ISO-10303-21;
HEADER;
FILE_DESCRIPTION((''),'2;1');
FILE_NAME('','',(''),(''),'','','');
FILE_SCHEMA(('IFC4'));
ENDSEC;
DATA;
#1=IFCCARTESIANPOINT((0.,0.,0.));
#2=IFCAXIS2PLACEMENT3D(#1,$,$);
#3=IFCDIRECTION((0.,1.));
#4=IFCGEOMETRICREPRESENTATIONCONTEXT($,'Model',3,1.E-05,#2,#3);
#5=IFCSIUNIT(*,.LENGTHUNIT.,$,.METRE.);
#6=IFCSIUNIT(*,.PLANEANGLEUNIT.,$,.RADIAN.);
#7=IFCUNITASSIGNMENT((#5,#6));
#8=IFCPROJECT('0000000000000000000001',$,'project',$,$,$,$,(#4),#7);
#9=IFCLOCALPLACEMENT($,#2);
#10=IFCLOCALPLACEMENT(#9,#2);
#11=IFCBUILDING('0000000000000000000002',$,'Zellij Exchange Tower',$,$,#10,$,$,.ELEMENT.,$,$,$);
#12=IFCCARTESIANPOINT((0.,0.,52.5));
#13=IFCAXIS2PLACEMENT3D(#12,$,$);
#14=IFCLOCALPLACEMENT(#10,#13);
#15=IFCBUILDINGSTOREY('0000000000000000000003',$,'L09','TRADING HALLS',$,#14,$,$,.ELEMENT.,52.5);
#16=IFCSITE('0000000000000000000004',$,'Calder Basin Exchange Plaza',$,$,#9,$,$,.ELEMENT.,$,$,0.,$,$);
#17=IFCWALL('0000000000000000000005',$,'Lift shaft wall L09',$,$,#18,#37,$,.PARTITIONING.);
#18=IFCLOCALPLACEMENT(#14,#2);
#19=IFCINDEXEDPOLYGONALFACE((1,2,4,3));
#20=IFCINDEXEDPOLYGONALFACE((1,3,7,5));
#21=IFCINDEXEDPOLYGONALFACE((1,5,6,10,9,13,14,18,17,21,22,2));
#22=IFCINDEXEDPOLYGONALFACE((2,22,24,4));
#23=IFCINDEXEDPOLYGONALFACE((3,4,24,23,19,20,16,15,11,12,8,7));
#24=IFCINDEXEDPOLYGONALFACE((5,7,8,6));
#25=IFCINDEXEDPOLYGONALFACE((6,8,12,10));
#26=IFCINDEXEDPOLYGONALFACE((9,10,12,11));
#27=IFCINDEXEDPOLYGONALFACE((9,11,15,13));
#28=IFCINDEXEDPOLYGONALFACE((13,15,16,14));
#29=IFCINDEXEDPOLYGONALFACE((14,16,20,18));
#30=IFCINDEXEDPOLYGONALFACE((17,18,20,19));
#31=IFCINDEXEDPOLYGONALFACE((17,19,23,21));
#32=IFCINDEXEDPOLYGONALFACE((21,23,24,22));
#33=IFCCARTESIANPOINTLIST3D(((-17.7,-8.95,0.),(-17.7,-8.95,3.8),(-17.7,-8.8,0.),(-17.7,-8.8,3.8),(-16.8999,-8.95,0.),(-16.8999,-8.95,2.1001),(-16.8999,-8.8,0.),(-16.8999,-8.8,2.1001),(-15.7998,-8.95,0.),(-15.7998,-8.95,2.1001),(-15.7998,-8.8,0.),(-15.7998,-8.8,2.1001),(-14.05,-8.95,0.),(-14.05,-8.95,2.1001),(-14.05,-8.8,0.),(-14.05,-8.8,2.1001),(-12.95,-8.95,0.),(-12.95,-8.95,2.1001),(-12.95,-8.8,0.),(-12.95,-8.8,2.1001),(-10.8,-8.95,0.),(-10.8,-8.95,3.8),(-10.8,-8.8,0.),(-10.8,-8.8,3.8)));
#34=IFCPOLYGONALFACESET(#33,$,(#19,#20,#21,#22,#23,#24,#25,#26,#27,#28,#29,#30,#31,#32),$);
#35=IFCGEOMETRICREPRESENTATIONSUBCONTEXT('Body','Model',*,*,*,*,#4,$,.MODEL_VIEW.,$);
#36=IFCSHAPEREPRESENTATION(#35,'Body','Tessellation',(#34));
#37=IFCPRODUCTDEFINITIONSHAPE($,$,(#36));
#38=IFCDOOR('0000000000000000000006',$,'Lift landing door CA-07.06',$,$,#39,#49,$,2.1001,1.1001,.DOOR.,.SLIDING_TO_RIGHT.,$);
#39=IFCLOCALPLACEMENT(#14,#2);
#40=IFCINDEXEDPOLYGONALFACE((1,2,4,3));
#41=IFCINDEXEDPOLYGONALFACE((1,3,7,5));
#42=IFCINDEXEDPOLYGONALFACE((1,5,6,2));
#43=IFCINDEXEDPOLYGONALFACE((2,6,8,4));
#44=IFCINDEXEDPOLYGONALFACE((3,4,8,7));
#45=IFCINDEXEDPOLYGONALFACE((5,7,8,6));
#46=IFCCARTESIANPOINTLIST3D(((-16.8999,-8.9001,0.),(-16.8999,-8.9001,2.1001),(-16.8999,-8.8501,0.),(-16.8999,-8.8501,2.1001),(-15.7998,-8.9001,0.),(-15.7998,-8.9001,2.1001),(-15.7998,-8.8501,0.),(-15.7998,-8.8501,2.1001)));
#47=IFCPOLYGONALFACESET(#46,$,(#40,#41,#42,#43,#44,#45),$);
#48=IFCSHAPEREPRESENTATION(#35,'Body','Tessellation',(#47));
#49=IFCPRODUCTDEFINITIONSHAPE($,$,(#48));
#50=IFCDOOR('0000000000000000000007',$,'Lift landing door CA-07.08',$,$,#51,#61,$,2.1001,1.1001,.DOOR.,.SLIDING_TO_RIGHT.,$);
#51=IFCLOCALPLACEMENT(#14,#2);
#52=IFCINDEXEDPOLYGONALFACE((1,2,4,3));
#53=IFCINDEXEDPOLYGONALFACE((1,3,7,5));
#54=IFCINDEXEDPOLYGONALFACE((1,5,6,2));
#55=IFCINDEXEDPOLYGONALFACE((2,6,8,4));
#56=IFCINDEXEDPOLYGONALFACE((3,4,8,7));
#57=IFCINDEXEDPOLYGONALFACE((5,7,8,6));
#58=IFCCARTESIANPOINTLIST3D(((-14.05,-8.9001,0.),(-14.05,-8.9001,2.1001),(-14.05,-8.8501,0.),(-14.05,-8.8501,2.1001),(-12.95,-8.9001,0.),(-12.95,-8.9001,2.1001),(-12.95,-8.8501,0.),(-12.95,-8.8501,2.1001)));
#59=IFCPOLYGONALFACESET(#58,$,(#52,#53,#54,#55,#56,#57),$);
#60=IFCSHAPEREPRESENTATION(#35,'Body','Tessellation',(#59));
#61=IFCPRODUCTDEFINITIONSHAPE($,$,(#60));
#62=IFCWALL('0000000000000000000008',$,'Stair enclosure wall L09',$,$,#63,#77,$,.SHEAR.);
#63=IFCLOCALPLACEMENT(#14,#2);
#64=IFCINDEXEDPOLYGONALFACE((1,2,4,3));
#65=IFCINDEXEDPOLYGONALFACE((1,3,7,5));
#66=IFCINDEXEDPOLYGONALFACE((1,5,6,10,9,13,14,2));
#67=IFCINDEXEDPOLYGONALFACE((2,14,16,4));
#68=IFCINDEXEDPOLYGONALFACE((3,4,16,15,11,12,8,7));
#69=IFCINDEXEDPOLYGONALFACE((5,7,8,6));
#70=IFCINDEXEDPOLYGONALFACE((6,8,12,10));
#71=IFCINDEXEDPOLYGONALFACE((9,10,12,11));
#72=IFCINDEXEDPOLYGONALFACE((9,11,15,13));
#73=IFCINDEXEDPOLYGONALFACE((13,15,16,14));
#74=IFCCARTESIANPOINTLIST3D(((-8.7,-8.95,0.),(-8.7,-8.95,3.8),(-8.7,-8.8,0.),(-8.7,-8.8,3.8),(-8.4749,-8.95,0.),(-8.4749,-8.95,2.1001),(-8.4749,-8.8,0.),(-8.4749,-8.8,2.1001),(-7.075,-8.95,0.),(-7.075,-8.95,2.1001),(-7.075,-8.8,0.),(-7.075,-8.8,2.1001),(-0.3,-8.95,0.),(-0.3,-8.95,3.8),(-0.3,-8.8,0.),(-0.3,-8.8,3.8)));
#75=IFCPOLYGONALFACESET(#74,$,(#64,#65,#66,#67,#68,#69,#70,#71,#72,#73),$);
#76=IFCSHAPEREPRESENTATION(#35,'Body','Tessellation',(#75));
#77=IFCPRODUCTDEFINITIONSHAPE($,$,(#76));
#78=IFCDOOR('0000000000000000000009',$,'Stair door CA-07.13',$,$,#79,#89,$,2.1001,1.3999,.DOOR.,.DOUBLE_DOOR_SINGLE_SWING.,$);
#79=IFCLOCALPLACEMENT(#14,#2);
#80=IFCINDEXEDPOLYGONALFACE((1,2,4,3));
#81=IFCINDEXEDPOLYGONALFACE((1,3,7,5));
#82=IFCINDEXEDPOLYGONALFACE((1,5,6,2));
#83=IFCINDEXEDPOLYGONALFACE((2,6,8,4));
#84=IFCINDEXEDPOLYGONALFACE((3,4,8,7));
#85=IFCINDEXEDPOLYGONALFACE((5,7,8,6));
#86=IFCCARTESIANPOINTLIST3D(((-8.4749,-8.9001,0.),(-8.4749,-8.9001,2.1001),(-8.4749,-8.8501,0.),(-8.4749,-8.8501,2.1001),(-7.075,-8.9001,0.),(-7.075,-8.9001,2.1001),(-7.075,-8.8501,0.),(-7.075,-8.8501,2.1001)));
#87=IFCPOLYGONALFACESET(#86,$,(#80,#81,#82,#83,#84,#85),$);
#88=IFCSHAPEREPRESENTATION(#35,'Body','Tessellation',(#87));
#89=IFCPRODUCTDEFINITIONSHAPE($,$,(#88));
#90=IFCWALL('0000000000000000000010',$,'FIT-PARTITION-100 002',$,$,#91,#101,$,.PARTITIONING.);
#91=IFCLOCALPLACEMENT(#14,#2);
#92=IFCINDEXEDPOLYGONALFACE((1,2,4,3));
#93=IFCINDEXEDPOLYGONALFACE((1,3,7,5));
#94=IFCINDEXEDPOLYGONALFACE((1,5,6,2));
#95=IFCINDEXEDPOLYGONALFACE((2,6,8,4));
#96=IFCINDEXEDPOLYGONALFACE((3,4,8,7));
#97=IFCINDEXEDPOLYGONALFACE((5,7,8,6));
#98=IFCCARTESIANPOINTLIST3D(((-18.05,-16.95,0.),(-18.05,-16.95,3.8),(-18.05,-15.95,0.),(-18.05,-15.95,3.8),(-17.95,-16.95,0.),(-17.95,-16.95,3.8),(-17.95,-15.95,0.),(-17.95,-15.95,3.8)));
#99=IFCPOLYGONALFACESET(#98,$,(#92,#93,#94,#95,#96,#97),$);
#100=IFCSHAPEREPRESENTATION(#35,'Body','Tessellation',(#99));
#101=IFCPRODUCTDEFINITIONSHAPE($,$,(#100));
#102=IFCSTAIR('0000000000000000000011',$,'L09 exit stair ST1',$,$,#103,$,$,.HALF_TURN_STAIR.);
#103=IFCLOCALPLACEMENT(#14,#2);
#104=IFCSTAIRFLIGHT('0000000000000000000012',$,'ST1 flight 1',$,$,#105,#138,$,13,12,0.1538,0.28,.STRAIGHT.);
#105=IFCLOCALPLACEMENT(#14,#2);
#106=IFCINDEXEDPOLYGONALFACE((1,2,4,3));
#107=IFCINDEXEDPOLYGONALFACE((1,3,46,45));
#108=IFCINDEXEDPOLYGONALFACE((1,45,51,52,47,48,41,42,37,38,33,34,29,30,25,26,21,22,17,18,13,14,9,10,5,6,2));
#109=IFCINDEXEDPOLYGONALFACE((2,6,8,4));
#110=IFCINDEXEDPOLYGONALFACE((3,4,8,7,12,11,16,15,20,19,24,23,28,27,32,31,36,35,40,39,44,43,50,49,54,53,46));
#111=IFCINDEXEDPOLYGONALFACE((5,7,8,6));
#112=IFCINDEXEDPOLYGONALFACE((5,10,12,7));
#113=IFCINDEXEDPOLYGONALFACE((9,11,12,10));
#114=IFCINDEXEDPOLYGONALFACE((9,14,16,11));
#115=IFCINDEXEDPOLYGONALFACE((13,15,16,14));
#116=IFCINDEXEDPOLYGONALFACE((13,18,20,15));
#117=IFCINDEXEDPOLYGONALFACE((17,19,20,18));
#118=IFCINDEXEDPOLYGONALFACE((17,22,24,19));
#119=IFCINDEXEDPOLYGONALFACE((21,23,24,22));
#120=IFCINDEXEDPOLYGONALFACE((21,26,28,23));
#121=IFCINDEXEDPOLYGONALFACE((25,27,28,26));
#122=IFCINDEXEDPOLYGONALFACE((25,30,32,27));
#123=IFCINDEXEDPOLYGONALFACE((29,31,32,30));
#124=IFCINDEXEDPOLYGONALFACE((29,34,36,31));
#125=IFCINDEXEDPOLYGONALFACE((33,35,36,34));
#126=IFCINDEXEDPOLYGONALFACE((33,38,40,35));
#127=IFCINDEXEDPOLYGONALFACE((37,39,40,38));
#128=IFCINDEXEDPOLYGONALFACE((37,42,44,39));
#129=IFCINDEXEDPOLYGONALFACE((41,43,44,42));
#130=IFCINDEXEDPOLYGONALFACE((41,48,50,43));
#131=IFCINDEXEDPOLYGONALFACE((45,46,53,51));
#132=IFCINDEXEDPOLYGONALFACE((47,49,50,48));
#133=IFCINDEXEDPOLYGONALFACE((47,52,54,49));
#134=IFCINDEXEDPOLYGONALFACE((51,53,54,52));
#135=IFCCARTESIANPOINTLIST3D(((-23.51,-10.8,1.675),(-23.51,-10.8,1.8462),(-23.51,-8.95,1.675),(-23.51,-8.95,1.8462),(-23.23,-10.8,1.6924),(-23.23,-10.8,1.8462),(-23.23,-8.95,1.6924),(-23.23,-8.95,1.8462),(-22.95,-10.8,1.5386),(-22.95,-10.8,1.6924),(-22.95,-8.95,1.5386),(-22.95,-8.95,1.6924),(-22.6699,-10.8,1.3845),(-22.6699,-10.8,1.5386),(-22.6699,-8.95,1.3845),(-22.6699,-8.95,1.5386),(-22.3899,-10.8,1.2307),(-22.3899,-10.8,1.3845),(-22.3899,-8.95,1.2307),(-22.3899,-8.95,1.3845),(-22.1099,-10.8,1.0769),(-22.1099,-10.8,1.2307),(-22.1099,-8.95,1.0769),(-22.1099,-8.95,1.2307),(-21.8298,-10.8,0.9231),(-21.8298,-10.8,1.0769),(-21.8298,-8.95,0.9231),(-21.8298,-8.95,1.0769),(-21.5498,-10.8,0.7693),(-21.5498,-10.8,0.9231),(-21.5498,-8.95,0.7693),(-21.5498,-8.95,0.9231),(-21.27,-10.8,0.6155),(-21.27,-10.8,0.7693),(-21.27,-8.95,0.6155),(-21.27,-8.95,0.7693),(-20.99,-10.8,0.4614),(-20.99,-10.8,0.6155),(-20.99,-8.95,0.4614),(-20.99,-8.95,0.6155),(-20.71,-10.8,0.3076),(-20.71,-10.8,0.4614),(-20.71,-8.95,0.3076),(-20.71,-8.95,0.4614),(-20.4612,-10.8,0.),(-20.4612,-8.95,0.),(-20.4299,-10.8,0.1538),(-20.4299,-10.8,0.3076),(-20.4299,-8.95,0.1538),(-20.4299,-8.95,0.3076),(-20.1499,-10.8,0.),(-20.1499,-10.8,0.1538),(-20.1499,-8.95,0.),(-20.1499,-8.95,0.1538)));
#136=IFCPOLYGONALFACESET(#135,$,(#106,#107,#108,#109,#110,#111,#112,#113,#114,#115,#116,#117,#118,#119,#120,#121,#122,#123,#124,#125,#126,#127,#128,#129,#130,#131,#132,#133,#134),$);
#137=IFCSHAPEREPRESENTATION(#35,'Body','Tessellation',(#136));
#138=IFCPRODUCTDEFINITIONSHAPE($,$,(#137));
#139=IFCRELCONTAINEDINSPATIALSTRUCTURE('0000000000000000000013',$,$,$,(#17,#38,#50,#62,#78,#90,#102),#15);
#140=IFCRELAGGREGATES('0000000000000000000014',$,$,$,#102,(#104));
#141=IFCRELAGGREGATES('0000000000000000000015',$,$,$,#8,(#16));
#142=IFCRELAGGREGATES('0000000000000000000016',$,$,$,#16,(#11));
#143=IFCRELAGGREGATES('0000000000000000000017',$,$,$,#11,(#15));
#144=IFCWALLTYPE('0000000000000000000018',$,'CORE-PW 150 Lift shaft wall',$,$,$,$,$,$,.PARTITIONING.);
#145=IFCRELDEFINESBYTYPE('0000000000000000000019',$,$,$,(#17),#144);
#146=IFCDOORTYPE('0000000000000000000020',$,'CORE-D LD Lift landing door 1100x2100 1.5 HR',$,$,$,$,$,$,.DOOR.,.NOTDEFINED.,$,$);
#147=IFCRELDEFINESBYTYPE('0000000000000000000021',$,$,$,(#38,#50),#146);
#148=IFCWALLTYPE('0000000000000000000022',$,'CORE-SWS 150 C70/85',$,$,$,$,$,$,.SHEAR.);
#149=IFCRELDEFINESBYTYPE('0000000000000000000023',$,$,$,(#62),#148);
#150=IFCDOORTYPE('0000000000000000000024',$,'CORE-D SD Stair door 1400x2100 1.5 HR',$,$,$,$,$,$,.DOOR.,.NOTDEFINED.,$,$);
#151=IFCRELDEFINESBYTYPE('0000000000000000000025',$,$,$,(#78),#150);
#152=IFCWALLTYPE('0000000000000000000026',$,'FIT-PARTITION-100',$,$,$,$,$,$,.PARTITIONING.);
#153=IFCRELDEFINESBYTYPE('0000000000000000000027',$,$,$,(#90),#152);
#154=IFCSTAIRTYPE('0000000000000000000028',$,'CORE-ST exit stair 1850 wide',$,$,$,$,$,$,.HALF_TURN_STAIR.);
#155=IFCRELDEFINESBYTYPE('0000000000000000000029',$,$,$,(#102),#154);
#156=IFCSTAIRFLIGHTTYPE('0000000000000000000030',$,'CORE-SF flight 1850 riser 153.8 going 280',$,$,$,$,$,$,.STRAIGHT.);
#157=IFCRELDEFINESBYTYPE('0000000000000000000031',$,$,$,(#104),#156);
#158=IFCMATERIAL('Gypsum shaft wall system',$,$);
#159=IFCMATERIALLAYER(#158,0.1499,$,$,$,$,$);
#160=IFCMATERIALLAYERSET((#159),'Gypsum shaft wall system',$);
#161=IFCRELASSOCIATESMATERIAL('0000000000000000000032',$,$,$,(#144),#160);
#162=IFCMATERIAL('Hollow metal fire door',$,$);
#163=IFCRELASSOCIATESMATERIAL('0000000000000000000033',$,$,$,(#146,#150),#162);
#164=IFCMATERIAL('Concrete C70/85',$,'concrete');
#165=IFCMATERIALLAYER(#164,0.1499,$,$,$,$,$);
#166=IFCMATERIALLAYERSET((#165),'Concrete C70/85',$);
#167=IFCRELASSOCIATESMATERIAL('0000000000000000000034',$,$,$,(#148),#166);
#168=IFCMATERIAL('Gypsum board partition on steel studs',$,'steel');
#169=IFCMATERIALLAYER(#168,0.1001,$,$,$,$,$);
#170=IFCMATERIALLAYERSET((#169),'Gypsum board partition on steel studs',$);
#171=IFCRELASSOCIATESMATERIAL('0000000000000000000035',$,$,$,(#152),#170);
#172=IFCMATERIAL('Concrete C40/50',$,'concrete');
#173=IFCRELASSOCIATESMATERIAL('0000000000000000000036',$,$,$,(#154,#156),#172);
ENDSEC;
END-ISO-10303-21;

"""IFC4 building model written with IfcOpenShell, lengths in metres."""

from ifc_helpers import new_model, si_unit, direction, frame, frame_2d, origin, place, context, subcontext, project, spatial, polyline, rectangle, outline, extrude, material, layer, layer_set, type_object, element, fill, aggregate, save


model = new_model("IFC4")

# Units and contexts
model_context = context("Model", 3, precision=1e-05, world=origin(), true_north=direction((0.0, 1.0)))
body_context = subcontext(model_context, "Body", "Model", "MODEL_VIEW")
ifc_project = project(units=[si_unit("LENGTHUNIT", "METRE"), si_unit("PLANEANGLEUNIT", "RADIAN")], contexts=[model_context])

# Site, building, storey
site_placement = place(None, origin())
site = spatial("IfcSite", under=ifc_project, at=site_placement, Name="Calder Basin Exchange Plaza", CompositionType="ELEMENT", RefElevation=0.0)
building_placement = place(site_placement, origin())
building = spatial("IfcBuilding", under=site, at=building_placement, Name="Zellij Exchange Tower", CompositionType="ELEMENT")
storey_placement = place(building_placement, frame((0.0, 0.0, 52.5)))
storey = spatial("IfcBuildingStorey", under=building, at=storey_placement, Name="L09", Description="TRADING HALLS", CompositionType="ELEMENT", Elevation=52.5)

# Shared definitions
ifc_material_1 = material(Name="Concrete C70/85", Category="concrete")

# Shared definitions
ifc_material_2 = material(Name="Hollow metal fire door")

# Shared definitions
ifc_material_3 = material(Name="Gypsum shaft wall system")
ifc_layer_1 = layer(ifc_material_3, 0.1499)
ifc_layer_set_1 = layer_set([ifc_layer_1], Name="Gypsum shaft wall system")
wall_type_1 = type_object("IfcWallType", Name="CORE-PW 150 Lift shaft wall", PredefinedType="PARTITIONING", material=ifc_layer_set_1)

# Wall, openings, doors
wall_1_placement = place(storey_placement, frame((-17.7, -8.875, 0.0), z_axis=(0.0, 0.0, 1.0), x_axis=(1.0, 0.0, 0.0)))
wall_1 = element("IfcWall", 1, at=wall_1_placement, inside=storey, type_object=wall_type_1, Name="Lift shaft wall L09", PredefinedType="PARTITIONING", context=body_context, shape_type="SweptSolid", body=[
    extrude(rectangle(XDim=6.8999, YDim=0.1499, at=frame_2d((3.45, 0.0))), origin(), (0.0, 0.0, 1.0), 3.8),
])
opening_1_placement = place(wall_1_placement, frame((0.8, 0.0, 0.0)))
opening_1 = element("IfcOpeningElement", 2, at=opening_1_placement, cuts=wall_1, PredefinedType="OPENING", context=body_context, shape_type="SweptSolid", body=[
    extrude(rectangle(XDim=1.1001, YDim=2.1001, at=frame_2d((0.55, 1.05))), frame((0.0, 0.0869, 0.0), z_axis=(0.0, -1.0, 0.0), x_axis=(1.0, 0.0, 0.0)), (0.0, 0.0, 1.0), 0.1738),
])
opening_2_placement = place(wall_1_placement, frame((3.6499, 0.0, 0.0)))
opening_2 = element("IfcOpeningElement", 3, at=opening_2_placement, cuts=wall_1, PredefinedType="OPENING", context=body_context, shape_type="SweptSolid", body=[
    extrude(rectangle(XDim=1.1001, YDim=2.1001, at=frame_2d((0.55, 1.05))), frame((0.0, 0.0869, 0.0), z_axis=(0.0, -1.0, 0.0), x_axis=(1.0, 0.0, 0.0)), (0.0, 0.0, 1.0), 0.1738),
])
door_type_1 = type_object("IfcDoorType", Name="CORE-D LD Lift landing door 1100x2100 1.5 HR", OperationType="NOTDEFINED", PredefinedType="DOOR", material=ifc_material_2)
door_1_placement = place(opening_1_placement, origin())
door_1 = element("IfcDoor", 4, at=door_1_placement, inside=storey, type_object=door_type_1, Name="Lift landing door CA-07.06", OperationType="SLIDING_TO_RIGHT", OverallHeight=2.1001, OverallWidth=1.1001, PredefinedType="DOOR", context=body_context, shape_type="SweptSolid", body=[
    extrude(rectangle(XDim=1.1001, YDim=2.1001, at=frame_2d((0.55, 1.05))), frame((0.0, 0.0249, 0.0), z_axis=(0.0, -1.0, 0.0), x_axis=(1.0, 0.0, 0.0)), (0.0, 0.0, 1.0), 0.05),
])
fill(opening_1, door_1)
door_2_placement = place(opening_2_placement, origin())
door_2 = element("IfcDoor", 5, at=door_2_placement, inside=storey, type_object=door_type_1, Name="Lift landing door CA-07.08", OperationType="SLIDING_TO_RIGHT", OverallHeight=2.1001, OverallWidth=1.1001, PredefinedType="DOOR", context=body_context, shape_type="SweptSolid", body=[
    extrude(rectangle(XDim=1.1001, YDim=2.1001, at=frame_2d((0.55, 1.05))), frame((0.0, 0.0249, 0.0), z_axis=(0.0, -1.0, 0.0), x_axis=(1.0, 0.0, 0.0)), (0.0, 0.0, 1.0), 0.05),
])
fill(opening_2, door_2)

# Wall, opening, door
ifc_layer_2 = layer(ifc_material_1, 0.1499)
ifc_layer_set_2 = layer_set([ifc_layer_2], Name="Concrete C70/85")
wall_type_2 = type_object("IfcWallType", Name="CORE-SWS 150 C70/85", PredefinedType="SHEAR", material=ifc_layer_set_2)
wall_2_placement = place(storey_placement, frame((-8.7, -8.875, 0.0), z_axis=(0.0, 0.0, 1.0), x_axis=(1.0, 0.0, 0.0)))
wall_2 = element("IfcWall", 6, at=wall_2_placement, inside=storey, type_object=wall_type_2, Name="Stair enclosure wall L09", PredefinedType="SHEAR", context=body_context, shape_type="SweptSolid", body=[
    extrude(rectangle(XDim=8.3999, YDim=0.1499, at=frame_2d((4.2, 0.0))), origin(), (0.0, 0.0, 1.0), 3.8),
])
opening_3_placement = place(wall_2_placement, frame((0.2251, 0.0, 0.0)))
opening_3 = element("IfcOpeningElement", 7, at=opening_3_placement, cuts=wall_2, PredefinedType="OPENING", context=body_context, shape_type="SweptSolid", body=[
    extrude(rectangle(XDim=1.3999, YDim=2.1001, at=frame_2d((0.7, 1.05))), frame((0.0, 0.0869, 0.0), z_axis=(0.0, -1.0, 0.0), x_axis=(1.0, 0.0, 0.0)), (0.0, 0.0, 1.0), 0.1738),
])
door_type_2 = type_object("IfcDoorType", Name="CORE-D SD Stair door 1400x2100 1.5 HR", OperationType="NOTDEFINED", PredefinedType="DOOR", material=ifc_material_2)
door_3_placement = place(opening_3_placement, origin())
door_3 = element("IfcDoor", 8, at=door_3_placement, inside=storey, type_object=door_type_2, Name="Stair door CA-07.13", OperationType="DOUBLE_DOOR_SINGLE_SWING", OverallHeight=2.1001, OverallWidth=1.3999, PredefinedType="DOOR", context=body_context, shape_type="SweptSolid", body=[
    extrude(rectangle(XDim=1.3999, YDim=2.1001, at=frame_2d((0.7, 1.05))), frame((0.0, 0.0249, 0.0), z_axis=(0.0, -1.0, 0.0), x_axis=(1.0, 0.0, 0.0)), (0.0, 0.0, 1.0), 0.05),
])
fill(opening_3, door_3)

# Wall
ifc_material_4 = material(Name="Gypsum board partition on steel studs", Category="steel")
ifc_layer_3 = layer(ifc_material_4, 0.1001)
ifc_layer_set_3 = layer_set([ifc_layer_3], Name="Gypsum board partition on steel studs")
wall_type_3 = type_object("IfcWallType", Name="FIT-PARTITION-100", PredefinedType="PARTITIONING", material=ifc_layer_set_3)
wall_3_placement = place(storey_placement, frame((-18.0, -16.95, 0.0), z_axis=(0.0, 0.0, 1.0), x_axis=(0.0, 1.0, 0.0)))
element("IfcWall", 9, at=wall_3_placement, inside=storey, type_object=wall_type_3, Name="FIT-PARTITION-100 002", PredefinedType="PARTITIONING", context=body_context, shape_type="SweptSolid", body=[
    extrude(rectangle(XDim=1.0, YDim=0.1001, at=frame_2d((0.5, 0.0))), origin(), (0.0, 0.0, 1.0), 3.8),
])

# Stair, stair flight
ifc_material_5 = material(Name="Concrete C40/50", Category="concrete")
stair_type = type_object("IfcStairType", Name="CORE-ST exit stair 1850 wide", PredefinedType="HALF_TURN_STAIR", material=ifc_material_5)
stair_1_placement = place(storey_placement, origin())
stair_1 = element("IfcStair", 10, at=stair_1_placement, inside=storey, type_object=stair_type, Name="L09 exit stair ST1", PredefinedType="HALF_TURN_STAIR")
stair_flight_type = type_object("IfcStairFlightType", Name="CORE-SF flight 1850 riser 153.8 going 280", PredefinedType="STRAIGHT", material=ifc_material_5)
stair_flight_1_placement = place(storey_placement, frame((-20.1499, -9.875, 0.0), z_axis=(0.0, 0.0, 1.0), x_axis=(-1.0, 0.0, 0.0)))
stair_flight_1 = element("IfcStairFlight", 11, at=stair_flight_1_placement, type_object=stair_flight_type, Name="ST1 flight 1", NumberOfRisers=13, NumberOfTreads=12, PredefinedType="STRAIGHT", RiserHeight=0.1538, TreadLength=0.28, context=body_context, shape_type="SweptSolid", body=[
    extrude(outline(polyline([(0.0, 0.0), (0.0, 0.1538), (0.28, 0.1538), (0.28, 0.3076), (0.5601, 0.3076), (0.5601, 0.4614), (0.8401, 0.4614), (0.8401, 0.6155), (1.1201, 0.6155), (1.1201, 0.7693), (1.3999, 0.7693), (1.3999, 0.9231), (1.6799, 0.9231), (1.6799, 1.0769), (1.96, 1.0769), (1.96, 1.2307), (2.24, 1.2307), (2.24, 1.3845), (2.52, 1.3845), (2.52, 1.5386), (2.8, 1.5386), (2.8, 1.6924), (3.0801, 1.6924), (3.0801, 1.8462), (3.3601, 1.8462), (3.3601, 2.0), (3.3601, 1.675), (0.3113, 0.0), (0.0, 0.0)])), frame((0.0, 0.925, 0.0), z_axis=(0.0, -1.0, 0.0), x_axis=(1.0, 0.0, 0.0)), (0.0, 0.0, 1.0), 1.8501),
])
aggregate(stair_1, [stair_flight_1])

save(model, "model.ifc")
